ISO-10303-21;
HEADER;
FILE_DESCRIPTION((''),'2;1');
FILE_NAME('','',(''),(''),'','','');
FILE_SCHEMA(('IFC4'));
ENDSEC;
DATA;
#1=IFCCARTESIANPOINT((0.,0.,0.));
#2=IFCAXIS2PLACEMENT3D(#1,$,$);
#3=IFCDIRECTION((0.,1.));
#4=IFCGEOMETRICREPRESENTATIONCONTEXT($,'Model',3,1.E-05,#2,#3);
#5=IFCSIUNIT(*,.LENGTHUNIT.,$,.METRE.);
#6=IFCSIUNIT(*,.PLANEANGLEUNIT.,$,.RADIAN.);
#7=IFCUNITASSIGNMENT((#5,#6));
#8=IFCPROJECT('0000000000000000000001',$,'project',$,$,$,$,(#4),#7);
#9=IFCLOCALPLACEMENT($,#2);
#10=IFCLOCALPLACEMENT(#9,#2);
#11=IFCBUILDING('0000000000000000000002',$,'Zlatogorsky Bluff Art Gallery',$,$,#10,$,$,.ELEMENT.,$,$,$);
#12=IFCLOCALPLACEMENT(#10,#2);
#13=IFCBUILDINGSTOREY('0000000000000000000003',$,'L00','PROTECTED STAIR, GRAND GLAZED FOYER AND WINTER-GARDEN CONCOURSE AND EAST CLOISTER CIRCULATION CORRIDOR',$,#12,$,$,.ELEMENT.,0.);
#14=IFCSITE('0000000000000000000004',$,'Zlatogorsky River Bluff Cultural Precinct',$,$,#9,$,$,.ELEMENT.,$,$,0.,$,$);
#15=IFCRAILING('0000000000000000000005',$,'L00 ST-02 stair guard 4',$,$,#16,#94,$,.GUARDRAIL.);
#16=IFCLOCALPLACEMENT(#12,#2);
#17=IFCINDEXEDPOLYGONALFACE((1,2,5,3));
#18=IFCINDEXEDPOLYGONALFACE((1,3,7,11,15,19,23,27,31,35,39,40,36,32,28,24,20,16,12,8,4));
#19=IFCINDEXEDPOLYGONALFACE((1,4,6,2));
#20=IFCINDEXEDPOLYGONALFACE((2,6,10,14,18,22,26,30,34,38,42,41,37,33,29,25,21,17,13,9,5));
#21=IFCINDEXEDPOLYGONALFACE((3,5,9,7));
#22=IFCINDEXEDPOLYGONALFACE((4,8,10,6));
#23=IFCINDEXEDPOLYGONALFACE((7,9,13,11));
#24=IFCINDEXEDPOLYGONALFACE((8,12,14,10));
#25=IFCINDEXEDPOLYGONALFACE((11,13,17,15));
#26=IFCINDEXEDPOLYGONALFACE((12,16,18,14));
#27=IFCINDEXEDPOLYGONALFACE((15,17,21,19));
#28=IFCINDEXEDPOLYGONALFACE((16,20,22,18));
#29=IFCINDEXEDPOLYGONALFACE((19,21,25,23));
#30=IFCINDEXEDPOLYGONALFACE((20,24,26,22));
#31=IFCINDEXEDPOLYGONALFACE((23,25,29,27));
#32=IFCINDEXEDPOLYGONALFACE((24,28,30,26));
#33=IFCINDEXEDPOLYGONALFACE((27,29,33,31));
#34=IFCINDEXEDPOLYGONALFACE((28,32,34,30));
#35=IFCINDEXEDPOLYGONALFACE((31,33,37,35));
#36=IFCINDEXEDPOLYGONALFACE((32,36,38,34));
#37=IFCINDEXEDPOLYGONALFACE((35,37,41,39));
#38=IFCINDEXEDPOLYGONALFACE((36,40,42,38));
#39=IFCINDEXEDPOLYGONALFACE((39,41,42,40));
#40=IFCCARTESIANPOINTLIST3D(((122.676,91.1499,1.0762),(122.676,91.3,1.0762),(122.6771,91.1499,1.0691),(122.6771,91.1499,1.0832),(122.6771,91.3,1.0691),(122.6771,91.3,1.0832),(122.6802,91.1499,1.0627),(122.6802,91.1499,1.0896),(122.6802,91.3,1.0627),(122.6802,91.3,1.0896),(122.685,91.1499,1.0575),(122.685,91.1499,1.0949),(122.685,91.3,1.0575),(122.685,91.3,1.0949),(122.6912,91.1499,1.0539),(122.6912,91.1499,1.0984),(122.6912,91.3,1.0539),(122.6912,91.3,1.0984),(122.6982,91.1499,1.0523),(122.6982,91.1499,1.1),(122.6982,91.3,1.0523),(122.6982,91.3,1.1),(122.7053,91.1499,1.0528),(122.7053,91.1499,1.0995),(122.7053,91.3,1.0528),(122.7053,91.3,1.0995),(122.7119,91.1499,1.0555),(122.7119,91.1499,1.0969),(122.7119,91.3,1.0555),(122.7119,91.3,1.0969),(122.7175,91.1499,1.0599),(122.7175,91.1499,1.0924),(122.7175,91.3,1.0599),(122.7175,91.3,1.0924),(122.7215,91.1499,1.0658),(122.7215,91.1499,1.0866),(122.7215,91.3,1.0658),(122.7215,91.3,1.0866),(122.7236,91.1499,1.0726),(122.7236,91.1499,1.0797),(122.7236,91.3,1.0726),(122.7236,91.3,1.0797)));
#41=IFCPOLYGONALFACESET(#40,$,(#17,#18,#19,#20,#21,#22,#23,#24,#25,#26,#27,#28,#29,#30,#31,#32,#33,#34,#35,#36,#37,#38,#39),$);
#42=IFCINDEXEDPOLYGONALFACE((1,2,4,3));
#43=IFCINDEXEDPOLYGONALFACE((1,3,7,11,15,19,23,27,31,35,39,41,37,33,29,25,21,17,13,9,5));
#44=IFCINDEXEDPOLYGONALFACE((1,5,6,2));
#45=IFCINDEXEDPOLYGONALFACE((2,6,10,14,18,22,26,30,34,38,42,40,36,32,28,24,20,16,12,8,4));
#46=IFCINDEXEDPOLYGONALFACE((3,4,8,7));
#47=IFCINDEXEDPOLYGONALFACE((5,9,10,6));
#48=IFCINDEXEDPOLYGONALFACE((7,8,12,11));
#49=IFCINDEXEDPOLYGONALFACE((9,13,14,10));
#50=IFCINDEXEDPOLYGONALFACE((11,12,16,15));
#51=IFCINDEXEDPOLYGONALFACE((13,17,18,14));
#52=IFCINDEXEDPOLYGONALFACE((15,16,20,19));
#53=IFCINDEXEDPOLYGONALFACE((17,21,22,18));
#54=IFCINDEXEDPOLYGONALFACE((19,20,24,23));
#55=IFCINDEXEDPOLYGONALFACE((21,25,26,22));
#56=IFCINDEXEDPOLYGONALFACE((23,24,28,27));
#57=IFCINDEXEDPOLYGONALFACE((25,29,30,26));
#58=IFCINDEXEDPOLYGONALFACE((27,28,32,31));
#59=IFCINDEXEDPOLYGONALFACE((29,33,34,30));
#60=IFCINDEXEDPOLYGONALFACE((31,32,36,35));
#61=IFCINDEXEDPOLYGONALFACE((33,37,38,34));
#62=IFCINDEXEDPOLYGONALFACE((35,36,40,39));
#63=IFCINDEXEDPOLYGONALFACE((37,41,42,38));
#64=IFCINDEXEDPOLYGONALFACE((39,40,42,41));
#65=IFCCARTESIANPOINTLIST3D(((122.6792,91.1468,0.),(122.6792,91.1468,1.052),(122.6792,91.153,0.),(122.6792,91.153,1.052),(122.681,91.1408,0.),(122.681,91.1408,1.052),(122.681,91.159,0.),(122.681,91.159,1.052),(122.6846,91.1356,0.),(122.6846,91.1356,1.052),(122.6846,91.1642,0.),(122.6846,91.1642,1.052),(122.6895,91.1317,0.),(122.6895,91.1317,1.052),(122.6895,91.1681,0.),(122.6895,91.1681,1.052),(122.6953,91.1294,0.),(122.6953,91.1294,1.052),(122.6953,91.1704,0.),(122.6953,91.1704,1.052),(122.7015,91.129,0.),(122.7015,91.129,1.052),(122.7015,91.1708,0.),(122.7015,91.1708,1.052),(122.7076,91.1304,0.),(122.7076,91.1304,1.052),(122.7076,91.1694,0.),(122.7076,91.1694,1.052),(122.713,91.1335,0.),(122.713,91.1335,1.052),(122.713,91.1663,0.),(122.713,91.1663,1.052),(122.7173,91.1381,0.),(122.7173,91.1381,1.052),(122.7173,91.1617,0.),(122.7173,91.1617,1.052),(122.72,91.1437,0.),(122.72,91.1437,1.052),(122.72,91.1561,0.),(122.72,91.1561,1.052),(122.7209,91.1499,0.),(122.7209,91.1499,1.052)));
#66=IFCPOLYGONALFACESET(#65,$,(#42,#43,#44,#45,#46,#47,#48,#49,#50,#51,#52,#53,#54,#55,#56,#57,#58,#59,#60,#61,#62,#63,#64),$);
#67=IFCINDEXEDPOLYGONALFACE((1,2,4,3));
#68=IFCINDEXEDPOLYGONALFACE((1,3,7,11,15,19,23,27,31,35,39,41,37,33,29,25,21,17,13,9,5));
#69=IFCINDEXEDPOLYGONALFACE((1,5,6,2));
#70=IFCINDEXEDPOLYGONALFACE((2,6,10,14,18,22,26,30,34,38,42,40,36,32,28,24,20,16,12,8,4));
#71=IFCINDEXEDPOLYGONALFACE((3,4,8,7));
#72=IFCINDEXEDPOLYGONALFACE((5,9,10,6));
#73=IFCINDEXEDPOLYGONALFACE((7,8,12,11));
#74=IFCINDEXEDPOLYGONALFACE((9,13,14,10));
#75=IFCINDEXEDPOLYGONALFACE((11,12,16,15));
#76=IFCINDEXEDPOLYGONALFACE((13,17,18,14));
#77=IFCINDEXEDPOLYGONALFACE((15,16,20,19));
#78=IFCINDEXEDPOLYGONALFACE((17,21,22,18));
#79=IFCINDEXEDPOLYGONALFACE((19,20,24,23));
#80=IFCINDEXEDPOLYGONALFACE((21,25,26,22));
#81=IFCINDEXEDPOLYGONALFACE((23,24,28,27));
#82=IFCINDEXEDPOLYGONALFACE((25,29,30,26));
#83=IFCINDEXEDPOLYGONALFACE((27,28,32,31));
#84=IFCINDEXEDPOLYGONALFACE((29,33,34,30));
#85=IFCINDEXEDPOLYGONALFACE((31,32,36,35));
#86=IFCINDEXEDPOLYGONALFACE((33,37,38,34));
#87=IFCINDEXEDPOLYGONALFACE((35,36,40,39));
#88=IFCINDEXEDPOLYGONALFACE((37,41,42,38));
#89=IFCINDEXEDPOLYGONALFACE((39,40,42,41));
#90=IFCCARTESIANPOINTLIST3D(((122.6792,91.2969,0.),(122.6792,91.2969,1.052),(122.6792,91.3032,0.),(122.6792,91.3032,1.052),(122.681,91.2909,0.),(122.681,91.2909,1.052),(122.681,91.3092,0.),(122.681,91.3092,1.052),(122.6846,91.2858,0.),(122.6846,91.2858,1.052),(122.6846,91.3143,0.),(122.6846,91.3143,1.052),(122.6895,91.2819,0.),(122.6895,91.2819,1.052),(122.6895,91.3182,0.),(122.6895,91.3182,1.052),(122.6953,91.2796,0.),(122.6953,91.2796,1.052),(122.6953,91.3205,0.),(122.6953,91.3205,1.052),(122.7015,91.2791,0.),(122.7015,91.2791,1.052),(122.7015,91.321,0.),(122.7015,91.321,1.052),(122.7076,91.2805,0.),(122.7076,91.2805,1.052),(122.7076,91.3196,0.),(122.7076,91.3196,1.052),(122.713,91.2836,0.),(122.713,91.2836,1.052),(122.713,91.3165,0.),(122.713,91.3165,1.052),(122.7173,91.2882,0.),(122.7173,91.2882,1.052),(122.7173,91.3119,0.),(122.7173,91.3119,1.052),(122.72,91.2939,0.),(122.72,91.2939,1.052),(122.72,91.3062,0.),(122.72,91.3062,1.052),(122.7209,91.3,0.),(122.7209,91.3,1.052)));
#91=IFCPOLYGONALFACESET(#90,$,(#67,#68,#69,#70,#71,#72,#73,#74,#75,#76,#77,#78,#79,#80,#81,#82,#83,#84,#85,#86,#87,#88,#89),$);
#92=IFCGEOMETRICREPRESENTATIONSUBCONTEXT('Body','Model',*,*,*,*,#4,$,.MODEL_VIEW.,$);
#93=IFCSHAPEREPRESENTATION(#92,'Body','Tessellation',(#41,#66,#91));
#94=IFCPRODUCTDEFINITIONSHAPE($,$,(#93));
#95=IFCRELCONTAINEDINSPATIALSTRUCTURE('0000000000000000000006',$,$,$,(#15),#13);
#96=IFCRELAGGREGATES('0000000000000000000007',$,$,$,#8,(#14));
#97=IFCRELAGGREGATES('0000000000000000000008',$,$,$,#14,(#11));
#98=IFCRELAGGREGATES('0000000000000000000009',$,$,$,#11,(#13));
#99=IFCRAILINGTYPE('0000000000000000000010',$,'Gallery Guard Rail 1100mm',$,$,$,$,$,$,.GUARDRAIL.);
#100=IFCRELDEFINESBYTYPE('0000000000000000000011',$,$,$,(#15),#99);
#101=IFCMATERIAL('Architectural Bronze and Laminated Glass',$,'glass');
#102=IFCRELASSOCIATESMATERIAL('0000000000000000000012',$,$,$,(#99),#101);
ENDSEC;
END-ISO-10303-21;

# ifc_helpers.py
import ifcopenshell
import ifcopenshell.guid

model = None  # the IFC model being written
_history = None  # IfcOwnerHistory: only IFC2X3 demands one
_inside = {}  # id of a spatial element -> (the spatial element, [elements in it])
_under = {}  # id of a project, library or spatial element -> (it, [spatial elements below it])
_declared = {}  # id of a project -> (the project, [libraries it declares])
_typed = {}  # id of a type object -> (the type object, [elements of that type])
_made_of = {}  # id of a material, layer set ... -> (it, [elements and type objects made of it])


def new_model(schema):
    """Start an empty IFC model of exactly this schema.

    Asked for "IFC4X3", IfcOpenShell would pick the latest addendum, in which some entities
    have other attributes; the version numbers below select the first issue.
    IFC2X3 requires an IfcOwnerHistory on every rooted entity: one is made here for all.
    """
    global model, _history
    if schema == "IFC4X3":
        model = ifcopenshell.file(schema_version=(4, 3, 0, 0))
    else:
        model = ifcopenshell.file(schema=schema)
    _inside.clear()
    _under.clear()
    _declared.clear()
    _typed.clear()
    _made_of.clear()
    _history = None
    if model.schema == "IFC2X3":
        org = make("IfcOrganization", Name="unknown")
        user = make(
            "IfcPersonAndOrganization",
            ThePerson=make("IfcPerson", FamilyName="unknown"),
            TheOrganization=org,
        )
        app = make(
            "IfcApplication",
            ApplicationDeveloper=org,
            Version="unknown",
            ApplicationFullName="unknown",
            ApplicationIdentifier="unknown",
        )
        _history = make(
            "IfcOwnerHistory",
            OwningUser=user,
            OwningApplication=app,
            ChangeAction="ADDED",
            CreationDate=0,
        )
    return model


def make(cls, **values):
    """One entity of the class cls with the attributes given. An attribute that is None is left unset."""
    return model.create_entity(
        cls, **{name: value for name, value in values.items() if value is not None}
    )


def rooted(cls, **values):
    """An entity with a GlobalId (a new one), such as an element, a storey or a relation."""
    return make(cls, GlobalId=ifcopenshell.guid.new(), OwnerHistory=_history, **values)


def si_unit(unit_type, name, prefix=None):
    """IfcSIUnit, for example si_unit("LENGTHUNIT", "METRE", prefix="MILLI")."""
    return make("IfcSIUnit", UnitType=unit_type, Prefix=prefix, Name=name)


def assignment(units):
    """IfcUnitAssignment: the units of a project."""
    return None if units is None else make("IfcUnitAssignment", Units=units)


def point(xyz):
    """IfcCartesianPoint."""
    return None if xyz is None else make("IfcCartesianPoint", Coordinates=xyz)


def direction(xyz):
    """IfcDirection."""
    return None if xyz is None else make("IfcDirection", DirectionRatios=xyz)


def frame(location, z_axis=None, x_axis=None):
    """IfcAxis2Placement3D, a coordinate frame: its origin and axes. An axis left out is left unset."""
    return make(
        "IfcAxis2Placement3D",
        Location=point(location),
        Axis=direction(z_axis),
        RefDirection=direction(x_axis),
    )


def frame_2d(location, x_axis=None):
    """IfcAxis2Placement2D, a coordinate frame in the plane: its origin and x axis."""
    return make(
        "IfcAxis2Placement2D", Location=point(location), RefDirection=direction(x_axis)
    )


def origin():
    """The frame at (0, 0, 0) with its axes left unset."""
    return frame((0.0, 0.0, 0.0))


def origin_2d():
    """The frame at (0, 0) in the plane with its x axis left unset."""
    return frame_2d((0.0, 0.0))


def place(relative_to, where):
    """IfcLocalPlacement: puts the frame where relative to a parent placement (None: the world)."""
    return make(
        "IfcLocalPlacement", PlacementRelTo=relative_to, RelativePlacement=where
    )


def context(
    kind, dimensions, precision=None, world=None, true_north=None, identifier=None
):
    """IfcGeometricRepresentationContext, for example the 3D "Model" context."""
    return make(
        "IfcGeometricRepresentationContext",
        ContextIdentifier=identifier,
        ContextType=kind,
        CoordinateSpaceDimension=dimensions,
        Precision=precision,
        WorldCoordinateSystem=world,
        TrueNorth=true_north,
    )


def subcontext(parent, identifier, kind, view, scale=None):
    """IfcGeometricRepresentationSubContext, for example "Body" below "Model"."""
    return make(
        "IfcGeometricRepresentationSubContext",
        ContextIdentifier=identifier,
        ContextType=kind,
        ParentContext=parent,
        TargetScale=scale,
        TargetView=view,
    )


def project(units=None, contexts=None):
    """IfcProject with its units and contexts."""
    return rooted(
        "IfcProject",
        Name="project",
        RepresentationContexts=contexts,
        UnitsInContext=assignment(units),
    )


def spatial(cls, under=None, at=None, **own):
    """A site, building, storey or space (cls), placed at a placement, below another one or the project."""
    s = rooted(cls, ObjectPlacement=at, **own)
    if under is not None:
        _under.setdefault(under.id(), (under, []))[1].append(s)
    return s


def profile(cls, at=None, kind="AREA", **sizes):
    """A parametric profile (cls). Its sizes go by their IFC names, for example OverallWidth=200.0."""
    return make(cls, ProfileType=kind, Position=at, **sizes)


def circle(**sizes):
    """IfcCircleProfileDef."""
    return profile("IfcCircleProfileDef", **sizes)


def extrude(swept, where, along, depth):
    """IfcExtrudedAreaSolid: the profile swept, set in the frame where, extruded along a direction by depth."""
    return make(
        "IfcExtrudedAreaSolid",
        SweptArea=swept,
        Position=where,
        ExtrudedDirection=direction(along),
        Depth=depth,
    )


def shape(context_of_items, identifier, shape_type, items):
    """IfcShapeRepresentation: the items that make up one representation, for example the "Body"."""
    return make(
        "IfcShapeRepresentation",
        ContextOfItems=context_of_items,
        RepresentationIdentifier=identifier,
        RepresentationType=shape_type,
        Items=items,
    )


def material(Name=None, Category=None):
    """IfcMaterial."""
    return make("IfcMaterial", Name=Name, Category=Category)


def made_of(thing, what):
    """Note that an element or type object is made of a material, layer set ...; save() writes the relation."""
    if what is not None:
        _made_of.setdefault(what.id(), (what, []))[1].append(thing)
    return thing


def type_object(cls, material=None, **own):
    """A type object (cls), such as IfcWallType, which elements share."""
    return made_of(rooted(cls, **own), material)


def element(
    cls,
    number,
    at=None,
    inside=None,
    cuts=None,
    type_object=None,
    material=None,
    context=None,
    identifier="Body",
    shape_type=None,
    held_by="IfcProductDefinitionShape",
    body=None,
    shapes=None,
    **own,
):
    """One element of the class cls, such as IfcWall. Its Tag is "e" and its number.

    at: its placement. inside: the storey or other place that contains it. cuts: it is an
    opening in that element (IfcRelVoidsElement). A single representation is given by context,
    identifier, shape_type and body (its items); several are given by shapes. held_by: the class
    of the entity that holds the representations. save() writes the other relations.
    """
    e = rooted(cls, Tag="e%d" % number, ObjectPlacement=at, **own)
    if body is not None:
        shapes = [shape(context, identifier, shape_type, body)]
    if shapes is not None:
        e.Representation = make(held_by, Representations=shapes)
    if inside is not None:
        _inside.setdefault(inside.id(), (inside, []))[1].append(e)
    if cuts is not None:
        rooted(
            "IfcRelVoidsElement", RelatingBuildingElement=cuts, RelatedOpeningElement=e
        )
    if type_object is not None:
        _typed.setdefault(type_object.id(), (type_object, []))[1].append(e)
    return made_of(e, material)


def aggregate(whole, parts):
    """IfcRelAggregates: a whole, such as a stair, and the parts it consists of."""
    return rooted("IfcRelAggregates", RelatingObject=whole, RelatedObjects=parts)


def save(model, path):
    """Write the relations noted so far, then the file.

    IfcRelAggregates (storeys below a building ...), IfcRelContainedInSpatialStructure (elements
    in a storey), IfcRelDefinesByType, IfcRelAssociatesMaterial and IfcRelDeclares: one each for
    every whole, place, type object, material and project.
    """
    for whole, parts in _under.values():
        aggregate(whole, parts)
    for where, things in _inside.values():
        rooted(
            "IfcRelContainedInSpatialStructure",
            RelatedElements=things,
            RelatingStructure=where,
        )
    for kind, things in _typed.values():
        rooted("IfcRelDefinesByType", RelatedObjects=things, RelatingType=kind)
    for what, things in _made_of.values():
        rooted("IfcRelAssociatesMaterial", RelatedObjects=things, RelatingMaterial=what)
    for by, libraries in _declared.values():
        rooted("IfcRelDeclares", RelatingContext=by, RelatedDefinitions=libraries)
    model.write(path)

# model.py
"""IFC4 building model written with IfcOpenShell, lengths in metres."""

from ifc_helpers import new_model, si_unit, direction, frame, origin, origin_2d, place, context, subcontext, project, spatial, circle, extrude, material, type_object, element, save


model = new_model("IFC4")

# Units and contexts
model_context = context("Model", 3, precision=1e-05, world=origin(), true_north=direction((0.0, 1.0)))
body_context = subcontext(model_context, "Body", "Model", "MODEL_VIEW")
ifc_project = project(units=[si_unit("LENGTHUNIT", "METRE"), si_unit("PLANEANGLEUNIT", "RADIAN")], contexts=[model_context])

# Site, building, storey
site_placement = place(None, origin())
site = spatial("IfcSite", under=ifc_project, at=site_placement, Name="Zlatogorsky River Bluff Cultural Precinct", CompositionType="ELEMENT", RefElevation=0.0)
building_placement = place(site_placement, origin())
building = spatial("IfcBuilding", under=site, at=building_placement, Name="Zlatogorsky Bluff Art Gallery", CompositionType="ELEMENT")
storey_placement = place(building_placement, origin())
storey = spatial("IfcBuildingStorey", under=building, at=storey_placement, Name="L00", Description="PROTECTED STAIR, GRAND GLAZED FOYER AND WINTER-GARDEN CONCOURSE AND EAST CLOISTER CIRCULATION CORRIDOR", CompositionType="ELEMENT", Elevation=0.0)

# Railing
ifc_material_1 = material(Name="Architectural Bronze and Laminated Glass", Category="glass")
railing_type_1 = type_object("IfcRailingType", Name="Gallery Guard Rail 1100mm", PredefinedType="GUARDRAIL", material=ifc_material_1)
railing_1_placement = place(storey_placement, frame((122.7, 91.1499, 0.0)))
element("IfcRailing", 1, at=railing_1_placement, inside=storey, type_object=railing_type_1, Name="L00 ST-02 stair guard 4", PredefinedType="GUARDRAIL", context=body_context, shape_type="SweptSolid", body=[
    extrude(circle(Radius=0.0239, at=origin_2d()), frame((0.0, 0.0, 1.0762), z_axis=(0.0, 1.0, 0.0), x_axis=(-1.0, 0.0, 0.0)), (0.0, 0.0, 1.0), 0.1501),
    extrude(circle(Radius=0.021, at=origin_2d()), origin(), (0.0, 0.0, 1.0), 1.052),
    extrude(circle(Radius=0.021, at=origin_2d()), frame((0.0, 0.1501, 0.0)), (0.0, 0.0, 1.0), 1.052),
])

save(model, "model.ifc")
